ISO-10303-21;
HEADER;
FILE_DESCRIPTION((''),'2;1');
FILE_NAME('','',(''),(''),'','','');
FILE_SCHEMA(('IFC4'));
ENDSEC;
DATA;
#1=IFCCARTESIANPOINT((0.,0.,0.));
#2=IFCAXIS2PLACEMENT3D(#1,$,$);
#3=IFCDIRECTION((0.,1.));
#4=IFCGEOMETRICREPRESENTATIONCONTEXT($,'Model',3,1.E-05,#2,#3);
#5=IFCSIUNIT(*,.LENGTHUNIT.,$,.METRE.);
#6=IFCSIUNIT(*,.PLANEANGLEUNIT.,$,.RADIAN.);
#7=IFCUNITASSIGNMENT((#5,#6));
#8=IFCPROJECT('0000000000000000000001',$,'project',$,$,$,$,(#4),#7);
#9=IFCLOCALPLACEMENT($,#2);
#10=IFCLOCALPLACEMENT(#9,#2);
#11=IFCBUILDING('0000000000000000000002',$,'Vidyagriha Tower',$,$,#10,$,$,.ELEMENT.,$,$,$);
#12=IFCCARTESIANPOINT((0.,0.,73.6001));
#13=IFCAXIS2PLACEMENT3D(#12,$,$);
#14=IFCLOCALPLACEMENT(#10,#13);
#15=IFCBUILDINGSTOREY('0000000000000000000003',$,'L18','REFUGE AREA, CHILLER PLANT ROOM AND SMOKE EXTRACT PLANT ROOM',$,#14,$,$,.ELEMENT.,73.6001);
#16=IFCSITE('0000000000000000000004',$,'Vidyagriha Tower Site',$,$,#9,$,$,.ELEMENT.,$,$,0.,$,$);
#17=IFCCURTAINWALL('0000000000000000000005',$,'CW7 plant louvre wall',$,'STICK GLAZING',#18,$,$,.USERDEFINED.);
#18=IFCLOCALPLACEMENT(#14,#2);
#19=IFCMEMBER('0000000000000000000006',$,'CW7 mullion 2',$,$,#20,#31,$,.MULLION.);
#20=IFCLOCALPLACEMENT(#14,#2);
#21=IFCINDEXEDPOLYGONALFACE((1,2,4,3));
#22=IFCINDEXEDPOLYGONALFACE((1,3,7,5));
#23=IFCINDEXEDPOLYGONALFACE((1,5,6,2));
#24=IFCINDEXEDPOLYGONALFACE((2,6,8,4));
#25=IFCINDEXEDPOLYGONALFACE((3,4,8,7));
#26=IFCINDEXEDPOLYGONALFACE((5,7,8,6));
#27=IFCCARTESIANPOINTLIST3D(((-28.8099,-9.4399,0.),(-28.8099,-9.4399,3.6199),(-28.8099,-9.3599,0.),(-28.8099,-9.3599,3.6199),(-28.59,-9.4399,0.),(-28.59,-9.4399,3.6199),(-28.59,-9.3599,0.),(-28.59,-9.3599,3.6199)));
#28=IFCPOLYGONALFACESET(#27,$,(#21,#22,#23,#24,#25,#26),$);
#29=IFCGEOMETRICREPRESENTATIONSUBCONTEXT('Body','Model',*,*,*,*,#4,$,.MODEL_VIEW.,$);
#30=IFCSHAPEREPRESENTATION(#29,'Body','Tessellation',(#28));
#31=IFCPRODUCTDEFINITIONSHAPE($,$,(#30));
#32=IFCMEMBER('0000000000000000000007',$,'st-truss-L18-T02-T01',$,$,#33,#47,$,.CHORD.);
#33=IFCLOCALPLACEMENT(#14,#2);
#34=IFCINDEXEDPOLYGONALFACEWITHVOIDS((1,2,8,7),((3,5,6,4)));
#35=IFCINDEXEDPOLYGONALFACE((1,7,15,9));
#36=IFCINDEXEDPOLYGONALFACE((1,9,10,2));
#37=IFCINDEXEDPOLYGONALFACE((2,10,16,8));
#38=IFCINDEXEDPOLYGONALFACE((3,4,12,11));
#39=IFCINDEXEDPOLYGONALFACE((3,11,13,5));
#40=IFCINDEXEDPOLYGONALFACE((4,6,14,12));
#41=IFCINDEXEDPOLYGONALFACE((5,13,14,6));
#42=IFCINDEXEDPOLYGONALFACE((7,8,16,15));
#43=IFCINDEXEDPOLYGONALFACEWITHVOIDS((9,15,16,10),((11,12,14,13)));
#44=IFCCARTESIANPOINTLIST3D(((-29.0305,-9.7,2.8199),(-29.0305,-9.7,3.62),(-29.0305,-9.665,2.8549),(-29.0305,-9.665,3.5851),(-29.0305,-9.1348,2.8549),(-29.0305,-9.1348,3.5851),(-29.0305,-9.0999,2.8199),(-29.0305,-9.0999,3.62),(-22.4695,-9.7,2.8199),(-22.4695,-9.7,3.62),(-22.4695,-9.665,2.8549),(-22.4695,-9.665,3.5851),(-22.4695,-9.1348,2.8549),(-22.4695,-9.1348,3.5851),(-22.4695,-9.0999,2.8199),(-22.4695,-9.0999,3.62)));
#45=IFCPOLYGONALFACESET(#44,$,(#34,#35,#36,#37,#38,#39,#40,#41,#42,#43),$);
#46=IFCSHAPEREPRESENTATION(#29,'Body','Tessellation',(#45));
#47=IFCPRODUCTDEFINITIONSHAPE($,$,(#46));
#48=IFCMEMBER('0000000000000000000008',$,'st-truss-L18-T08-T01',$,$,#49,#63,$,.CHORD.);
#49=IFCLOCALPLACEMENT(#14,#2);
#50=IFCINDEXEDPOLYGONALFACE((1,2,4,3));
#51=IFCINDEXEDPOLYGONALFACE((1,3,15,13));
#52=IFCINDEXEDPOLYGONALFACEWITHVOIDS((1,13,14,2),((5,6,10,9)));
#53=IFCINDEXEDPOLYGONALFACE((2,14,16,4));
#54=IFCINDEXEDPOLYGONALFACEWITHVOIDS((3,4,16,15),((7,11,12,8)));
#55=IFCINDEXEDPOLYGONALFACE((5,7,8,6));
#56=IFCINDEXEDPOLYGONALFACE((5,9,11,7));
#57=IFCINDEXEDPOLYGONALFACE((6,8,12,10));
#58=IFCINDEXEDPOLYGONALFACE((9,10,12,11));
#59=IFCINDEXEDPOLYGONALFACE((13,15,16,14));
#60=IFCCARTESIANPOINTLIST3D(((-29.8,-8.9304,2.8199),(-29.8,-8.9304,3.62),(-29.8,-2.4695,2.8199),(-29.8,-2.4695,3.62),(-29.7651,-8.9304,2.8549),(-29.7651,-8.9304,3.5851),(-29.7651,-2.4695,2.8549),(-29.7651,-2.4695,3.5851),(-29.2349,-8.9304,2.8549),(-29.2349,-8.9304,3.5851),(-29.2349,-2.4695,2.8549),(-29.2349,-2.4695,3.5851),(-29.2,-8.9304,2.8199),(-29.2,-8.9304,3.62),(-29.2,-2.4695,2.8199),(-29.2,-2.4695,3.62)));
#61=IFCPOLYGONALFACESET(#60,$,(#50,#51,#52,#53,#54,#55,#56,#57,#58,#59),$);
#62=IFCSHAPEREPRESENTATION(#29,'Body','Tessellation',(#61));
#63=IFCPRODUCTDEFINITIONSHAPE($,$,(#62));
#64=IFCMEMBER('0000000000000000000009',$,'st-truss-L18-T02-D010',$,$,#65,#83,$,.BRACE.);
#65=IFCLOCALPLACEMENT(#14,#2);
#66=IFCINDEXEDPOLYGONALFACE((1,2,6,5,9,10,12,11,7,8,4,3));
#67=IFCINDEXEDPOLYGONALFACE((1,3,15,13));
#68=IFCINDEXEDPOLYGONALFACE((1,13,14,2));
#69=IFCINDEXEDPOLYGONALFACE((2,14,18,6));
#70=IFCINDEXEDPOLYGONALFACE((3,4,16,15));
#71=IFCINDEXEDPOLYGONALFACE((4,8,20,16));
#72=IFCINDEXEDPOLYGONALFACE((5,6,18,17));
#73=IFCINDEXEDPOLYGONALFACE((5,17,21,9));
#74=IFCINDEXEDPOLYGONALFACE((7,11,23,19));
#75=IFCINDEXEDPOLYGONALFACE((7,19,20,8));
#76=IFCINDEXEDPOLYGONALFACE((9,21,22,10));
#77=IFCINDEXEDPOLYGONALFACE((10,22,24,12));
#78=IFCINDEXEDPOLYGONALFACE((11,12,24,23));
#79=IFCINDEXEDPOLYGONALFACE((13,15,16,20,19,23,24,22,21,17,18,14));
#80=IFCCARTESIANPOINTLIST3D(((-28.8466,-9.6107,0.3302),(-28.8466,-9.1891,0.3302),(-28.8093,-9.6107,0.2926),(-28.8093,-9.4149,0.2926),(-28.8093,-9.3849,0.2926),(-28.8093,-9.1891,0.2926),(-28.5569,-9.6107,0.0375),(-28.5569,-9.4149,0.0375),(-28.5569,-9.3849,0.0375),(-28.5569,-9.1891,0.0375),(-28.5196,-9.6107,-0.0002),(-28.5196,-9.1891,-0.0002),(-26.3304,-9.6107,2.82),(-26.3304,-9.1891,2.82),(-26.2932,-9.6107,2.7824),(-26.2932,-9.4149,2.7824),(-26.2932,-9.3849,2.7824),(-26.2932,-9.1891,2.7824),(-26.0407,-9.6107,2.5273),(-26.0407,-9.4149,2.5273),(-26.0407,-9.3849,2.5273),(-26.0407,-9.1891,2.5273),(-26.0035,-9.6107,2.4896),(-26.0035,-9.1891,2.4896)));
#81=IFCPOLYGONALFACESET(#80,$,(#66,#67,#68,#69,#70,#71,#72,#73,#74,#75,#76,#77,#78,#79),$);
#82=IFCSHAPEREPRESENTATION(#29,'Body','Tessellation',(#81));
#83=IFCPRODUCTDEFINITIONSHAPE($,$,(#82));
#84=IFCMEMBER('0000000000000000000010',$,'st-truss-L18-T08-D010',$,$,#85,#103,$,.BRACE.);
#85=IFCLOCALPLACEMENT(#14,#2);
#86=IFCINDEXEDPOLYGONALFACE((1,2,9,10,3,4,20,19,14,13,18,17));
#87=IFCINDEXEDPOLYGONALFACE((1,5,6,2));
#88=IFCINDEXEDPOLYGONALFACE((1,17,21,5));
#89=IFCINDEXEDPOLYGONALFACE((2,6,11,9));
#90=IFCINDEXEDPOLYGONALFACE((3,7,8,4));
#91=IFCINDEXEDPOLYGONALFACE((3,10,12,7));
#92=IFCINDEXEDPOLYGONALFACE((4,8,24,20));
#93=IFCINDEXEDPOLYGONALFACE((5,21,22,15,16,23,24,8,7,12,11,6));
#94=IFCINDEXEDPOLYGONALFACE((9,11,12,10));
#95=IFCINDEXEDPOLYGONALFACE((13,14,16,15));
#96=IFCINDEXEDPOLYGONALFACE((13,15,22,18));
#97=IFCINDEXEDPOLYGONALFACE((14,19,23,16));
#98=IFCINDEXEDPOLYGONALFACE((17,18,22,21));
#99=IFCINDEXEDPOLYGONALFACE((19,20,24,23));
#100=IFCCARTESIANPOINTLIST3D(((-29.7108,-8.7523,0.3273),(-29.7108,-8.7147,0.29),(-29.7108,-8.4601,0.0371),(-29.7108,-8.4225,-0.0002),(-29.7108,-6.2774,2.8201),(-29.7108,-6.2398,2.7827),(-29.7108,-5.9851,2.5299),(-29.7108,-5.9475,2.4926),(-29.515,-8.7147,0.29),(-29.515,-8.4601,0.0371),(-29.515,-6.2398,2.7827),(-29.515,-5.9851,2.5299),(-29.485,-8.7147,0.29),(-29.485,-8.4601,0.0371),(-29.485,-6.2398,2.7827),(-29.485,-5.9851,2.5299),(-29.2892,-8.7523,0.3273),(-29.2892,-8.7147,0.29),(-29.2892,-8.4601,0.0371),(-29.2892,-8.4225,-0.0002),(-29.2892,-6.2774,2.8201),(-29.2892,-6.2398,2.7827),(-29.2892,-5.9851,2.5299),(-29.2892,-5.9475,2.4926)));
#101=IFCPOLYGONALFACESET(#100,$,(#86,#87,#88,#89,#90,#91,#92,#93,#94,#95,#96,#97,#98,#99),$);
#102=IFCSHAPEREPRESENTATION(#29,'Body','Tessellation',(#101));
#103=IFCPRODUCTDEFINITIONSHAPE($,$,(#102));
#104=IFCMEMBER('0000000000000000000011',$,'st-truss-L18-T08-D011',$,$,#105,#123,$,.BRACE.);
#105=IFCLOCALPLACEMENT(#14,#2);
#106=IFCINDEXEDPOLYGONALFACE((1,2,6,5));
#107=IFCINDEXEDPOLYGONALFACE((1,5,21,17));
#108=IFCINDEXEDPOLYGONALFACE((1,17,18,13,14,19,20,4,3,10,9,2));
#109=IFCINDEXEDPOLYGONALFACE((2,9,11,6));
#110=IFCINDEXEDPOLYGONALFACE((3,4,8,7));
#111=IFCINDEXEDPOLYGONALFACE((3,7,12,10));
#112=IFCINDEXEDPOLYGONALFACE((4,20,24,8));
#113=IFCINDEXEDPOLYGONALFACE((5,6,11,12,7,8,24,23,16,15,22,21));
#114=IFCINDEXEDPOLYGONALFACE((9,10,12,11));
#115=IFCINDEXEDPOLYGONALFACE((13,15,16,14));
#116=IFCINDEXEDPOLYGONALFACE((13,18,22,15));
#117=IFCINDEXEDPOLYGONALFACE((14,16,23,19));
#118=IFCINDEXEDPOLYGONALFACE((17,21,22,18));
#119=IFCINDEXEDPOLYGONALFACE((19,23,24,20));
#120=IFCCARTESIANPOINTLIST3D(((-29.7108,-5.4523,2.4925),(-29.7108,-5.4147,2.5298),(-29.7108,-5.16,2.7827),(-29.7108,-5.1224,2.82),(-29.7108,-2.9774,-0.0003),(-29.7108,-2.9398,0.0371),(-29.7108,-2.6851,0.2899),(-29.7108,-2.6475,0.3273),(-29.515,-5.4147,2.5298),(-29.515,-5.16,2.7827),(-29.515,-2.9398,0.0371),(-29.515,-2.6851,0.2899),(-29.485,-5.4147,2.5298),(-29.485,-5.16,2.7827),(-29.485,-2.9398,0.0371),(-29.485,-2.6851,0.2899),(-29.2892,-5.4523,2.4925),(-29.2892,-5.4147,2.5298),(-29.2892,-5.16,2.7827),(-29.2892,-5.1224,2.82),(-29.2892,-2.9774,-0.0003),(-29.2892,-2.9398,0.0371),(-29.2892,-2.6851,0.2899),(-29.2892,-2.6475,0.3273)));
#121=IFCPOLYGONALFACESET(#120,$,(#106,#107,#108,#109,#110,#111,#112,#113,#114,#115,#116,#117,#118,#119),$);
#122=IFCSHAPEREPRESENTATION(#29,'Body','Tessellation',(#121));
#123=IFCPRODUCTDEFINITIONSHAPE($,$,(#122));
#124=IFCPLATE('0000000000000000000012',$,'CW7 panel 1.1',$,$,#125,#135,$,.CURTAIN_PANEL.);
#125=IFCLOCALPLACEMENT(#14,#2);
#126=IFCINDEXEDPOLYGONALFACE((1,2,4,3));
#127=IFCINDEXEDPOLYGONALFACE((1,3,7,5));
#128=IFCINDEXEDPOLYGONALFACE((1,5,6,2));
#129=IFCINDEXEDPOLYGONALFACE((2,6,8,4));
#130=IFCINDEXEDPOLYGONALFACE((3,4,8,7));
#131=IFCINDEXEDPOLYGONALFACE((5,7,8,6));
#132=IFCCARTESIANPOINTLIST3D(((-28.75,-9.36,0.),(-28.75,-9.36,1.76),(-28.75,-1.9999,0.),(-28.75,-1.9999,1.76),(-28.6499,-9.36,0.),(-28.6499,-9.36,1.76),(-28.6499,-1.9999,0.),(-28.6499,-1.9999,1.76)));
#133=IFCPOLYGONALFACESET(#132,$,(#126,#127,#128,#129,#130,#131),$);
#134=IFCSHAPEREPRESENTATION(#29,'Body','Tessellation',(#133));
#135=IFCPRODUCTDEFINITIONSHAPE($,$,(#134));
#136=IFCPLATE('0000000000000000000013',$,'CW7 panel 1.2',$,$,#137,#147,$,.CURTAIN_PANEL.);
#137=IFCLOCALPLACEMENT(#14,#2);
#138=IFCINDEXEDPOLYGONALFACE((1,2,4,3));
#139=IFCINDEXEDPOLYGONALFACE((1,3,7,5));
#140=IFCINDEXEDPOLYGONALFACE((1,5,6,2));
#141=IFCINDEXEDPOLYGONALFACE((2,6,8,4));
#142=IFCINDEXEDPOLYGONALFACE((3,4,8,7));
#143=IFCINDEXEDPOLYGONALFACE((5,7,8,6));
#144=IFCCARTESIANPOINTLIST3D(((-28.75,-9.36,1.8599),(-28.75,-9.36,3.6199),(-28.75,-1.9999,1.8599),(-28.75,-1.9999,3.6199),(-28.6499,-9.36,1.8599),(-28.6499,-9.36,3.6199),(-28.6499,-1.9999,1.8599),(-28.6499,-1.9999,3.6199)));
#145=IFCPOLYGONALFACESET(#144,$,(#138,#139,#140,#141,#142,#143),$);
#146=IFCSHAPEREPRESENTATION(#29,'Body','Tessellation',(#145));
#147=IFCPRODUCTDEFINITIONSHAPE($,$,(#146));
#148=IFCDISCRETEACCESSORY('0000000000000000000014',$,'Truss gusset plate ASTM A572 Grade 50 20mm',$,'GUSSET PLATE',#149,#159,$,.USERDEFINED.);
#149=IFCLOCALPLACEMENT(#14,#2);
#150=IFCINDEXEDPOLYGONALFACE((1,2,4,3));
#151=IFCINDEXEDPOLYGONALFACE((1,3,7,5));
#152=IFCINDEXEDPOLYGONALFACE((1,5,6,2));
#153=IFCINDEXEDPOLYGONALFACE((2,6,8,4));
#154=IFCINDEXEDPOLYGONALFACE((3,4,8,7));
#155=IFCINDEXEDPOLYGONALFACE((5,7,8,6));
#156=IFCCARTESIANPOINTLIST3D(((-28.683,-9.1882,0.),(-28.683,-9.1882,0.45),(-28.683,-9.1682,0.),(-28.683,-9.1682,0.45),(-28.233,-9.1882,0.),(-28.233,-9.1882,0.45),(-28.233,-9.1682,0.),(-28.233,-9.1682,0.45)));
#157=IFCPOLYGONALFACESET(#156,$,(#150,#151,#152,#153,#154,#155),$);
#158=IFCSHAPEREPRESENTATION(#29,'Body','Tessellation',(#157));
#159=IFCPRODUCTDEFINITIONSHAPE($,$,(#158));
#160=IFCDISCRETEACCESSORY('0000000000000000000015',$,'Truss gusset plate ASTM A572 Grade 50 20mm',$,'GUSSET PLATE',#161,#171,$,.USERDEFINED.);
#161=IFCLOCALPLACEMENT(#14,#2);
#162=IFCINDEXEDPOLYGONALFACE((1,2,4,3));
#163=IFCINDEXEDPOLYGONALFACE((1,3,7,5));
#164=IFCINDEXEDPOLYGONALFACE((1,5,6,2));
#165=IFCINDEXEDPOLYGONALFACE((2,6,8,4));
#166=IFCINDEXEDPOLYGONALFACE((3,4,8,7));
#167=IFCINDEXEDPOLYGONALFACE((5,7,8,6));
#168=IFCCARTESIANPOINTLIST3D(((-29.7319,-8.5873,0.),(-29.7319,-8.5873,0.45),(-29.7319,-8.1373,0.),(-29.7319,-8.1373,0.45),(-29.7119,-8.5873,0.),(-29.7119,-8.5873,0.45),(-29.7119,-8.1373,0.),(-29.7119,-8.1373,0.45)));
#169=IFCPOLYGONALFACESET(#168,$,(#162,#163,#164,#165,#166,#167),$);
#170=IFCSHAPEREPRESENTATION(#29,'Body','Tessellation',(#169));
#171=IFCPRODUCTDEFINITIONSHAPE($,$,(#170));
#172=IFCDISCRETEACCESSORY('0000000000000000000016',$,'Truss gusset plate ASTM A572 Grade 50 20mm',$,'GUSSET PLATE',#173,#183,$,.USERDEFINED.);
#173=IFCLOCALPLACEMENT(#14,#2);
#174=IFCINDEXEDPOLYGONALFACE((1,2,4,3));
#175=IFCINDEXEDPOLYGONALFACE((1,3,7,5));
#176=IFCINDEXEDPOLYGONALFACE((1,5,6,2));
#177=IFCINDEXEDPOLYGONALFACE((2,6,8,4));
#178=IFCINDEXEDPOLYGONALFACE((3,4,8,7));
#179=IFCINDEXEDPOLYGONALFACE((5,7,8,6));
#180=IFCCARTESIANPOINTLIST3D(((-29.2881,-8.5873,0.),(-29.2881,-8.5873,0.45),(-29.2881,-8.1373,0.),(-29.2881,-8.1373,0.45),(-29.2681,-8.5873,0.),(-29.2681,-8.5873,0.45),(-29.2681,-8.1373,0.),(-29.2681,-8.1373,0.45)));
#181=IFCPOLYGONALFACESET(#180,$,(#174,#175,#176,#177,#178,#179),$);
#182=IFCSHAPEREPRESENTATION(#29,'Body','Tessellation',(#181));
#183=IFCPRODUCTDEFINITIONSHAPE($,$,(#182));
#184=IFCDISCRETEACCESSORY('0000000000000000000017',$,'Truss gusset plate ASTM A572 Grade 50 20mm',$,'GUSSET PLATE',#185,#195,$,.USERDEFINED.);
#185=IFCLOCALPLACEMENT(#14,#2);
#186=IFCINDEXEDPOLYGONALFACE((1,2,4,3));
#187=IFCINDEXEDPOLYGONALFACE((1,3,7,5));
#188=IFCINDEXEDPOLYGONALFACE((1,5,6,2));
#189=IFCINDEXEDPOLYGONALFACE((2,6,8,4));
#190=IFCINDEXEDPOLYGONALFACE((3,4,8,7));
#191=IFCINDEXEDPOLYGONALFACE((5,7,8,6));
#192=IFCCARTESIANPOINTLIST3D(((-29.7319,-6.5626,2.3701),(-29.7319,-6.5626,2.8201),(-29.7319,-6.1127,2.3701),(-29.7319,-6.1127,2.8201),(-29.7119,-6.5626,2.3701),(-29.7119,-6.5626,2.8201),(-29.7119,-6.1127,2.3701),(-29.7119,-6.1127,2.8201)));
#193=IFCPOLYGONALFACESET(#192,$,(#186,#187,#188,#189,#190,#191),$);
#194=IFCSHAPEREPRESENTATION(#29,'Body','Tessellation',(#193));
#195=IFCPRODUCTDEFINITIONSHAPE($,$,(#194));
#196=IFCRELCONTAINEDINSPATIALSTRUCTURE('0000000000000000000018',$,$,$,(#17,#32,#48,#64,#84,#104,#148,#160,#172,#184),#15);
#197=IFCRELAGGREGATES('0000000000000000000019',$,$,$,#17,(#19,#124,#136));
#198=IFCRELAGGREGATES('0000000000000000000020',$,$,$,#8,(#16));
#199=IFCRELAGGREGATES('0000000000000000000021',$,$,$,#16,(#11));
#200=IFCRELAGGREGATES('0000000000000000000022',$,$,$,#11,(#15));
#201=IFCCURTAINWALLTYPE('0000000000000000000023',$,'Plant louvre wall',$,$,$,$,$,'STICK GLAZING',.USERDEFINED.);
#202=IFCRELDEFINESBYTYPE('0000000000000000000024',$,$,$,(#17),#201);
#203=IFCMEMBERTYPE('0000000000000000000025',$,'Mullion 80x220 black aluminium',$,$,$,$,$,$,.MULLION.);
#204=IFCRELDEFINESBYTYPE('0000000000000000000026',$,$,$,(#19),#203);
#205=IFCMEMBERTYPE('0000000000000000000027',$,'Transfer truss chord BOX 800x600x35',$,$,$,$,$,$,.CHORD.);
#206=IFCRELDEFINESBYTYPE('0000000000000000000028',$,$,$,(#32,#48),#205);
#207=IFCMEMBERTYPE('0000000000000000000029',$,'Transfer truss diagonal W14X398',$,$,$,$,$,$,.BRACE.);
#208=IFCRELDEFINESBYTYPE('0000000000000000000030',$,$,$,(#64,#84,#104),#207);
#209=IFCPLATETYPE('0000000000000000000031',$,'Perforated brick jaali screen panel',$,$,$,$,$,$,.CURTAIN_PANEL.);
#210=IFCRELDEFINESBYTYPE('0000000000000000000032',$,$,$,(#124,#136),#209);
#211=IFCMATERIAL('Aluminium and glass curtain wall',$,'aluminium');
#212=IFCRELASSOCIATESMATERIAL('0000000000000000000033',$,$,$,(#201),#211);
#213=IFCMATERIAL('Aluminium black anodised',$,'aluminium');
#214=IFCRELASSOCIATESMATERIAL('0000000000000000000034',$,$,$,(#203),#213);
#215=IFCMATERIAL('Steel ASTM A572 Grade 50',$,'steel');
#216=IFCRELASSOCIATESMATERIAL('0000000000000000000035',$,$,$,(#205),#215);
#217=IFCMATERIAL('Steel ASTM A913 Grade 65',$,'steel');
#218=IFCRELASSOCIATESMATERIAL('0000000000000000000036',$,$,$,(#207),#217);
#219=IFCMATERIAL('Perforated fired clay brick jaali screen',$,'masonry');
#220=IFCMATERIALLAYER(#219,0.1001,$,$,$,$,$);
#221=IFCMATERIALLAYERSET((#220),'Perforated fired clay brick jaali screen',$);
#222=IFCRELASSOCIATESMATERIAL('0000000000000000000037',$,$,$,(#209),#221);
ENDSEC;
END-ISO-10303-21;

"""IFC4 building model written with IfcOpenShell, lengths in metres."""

from ifc_helpers import new_model, si_unit, direction, frame, origin, origin_2d, place, context, subcontext, project, spatial, rectangle, hollow_rectangle, i_section, extrude, material, layer, layer_set, material_profile, profile_set, type_object, element, aggregate, save


model = new_model("IFC4")

# Units and contexts
model_context = context("Model", 3, precision=1e-05, world=origin(), true_north=direction((0.0, 1.0)))
body_context = subcontext(model_context, "Body", "Model", "MODEL_VIEW")
ifc_project = project(units=[si_unit("LENGTHUNIT", "METRE"), si_unit("PLANEANGLEUNIT", "RADIAN")], contexts=[model_context])

# Site, building, storey
site_placement = place(None, origin())
site = spatial("IfcSite", under=ifc_project, at=site_placement, Name="Vidyagriha Tower Site", CompositionType="ELEMENT", RefElevation=0.0)
building_placement = place(site_placement, origin())
building = spatial("IfcBuilding", under=site, at=building_placement, Name="Vidyagriha Tower", CompositionType="ELEMENT")
storey_placement = place(building_placement, frame((0.0, 0.0, 73.6001)))
storey = spatial("IfcBuildingStorey", under=building, at=storey_placement, Name="L18", Description="REFUGE AREA, CHILLER PLANT ROOM AND SMOKE EXTRACT PLANT ROOM", CompositionType="ELEMENT", Elevation=73.6001)

# Curtain wall, member
ifc_material_1 = material(Name="Aluminium and glass curtain wall", Category="aluminium")
curtain_wall_type = type_object("IfcCurtainWallType", Name="Plant louvre wall", ElementType="STICK GLAZING", PredefinedType="USERDEFINED", material=ifc_material_1)
curtain_wall_placement = place(storey_placement, origin())
curtain_wall = element("IfcCurtainWall", 1, at=curtain_wall_placement, inside=storey, type_object=curtain_wall_type, Name="CW7 plant louvre wall", ObjectType="STICK GLAZING", PredefinedType="USERDEFINED")
ifc_material_2 = material(Name="Aluminium black anodised", Category="aluminium")
ifc_material_profile_1 = material_profile(ifc_material_2, rectangle(XDim=0.22, YDim=0.0801, at=origin_2d()), Name="Mullion 80x220 black aluminium")
ifc_profile_set_1 = profile_set([ifc_material_profile_1], Name="Aluminium black anodised")
member_type_1 = type_object("IfcMemberType", Name="Mullion 80x220 black aluminium", PredefinedType="MULLION", material=ifc_profile_set_1)
member_1_placement = place(storey_placement, frame((-28.7, -9.3999, 0.0)))
member_1 = element("IfcMember", 2, at=member_1_placement, type_object=member_type_1, Name="CW7 mullion 2", PredefinedType="MULLION", context=body_context, shape_type="SweptSolid", body=[
    extrude(rectangle(XDim=0.22, YDim=0.0801, at=origin_2d()), origin(), (0.0, 0.0, 1.0), 3.6199),
])

# Members
ifc_material_3 = material(Name="Steel ASTM A572 Grade 50", Category="steel")
ifc_material_profile_2 = material_profile(ifc_material_3, hollow_rectangle(XDim=0.6001, YDim=0.8, WallThickness=0.0349, at=origin_2d()), Name="BOX 800x600x35")
ifc_profile_set_2 = profile_set([ifc_material_profile_2], Name="Steel ASTM A572 Grade 50")
member_type_2 = type_object("IfcMemberType", Name="Transfer truss chord BOX 800x600x35", PredefinedType="CHORD", material=ifc_profile_set_2)
member_2_placement = place(storey_placement, frame((-29.0305, -9.3999, 3.22), z_axis=(1.0, 0.0, 0.0), x_axis=(0.0, 1.0, 0.0)))
element("IfcMember", 3, at=member_2_placement, inside=storey, type_object=member_type_2, Name="st-truss-L18-T02-T01", PredefinedType="CHORD", context=body_context, shape_type="SweptSolid", body=[
    extrude(hollow_rectangle(XDim=0.6001, YDim=0.8, WallThickness=0.0349, at=origin_2d()), origin(), (0.0, 0.0, 1.0), 6.561),
])
member_3_placement = place(storey_placement, frame((-29.5, -8.9304, 3.22), z_axis=(0.0, 1.0, 0.0), x_axis=(-1.0, 0.0, 0.0)))
element("IfcMember", 4, at=member_3_placement, inside=storey, type_object=member_type_2, Name="st-truss-L18-T08-T01", PredefinedType="CHORD", context=body_context, shape_type="SweptSolid", body=[
    extrude(hollow_rectangle(XDim=0.6001, YDim=0.8, WallThickness=0.0349, at=origin_2d()), origin(), (0.0, 0.0, 1.0), 6.4609),
])
ifc_material_4 = material(Name="Steel ASTM A913 Grade 65", Category="steel")
ifc_material_profile_3 = material_profile(ifc_material_4, i_section(OverallWidth=0.4216, OverallDepth=0.4648, WebThickness=0.03, FlangeThickness=0.053, at=origin_2d()), Name="W14X398")
ifc_profile_set_3 = profile_set([ifc_material_profile_3], Name="Steel ASTM A913 Grade 65")
member_type_3 = type_object("IfcMemberType", Name="Transfer truss diagonal W14X398", PredefinedType="BRACE", material=ifc_profile_set_3)
member_4_placement = place(storey_placement, frame((-28.6831, -9.3999, 0.165), z_axis=(0.710821, 0.0, 0.703373), x_axis=(0.0, 1.0, 0.0)))
element("IfcMember", 5, at=member_4_placement, inside=storey, type_object=member_type_3, Name="st-truss-L18-T02-D010", PredefinedType="BRACE", context=body_context, shape_type="SweptSolid", body=[
    extrude(i_section(OverallWidth=0.4216, OverallDepth=0.4648, WebThickness=0.03, FlangeThickness=0.053, at=origin_2d()), origin(), (0.0, 0.0, 1.0), 3.5398),
])
for number, where, z_axis, x_axis, name in (
    (6, (-29.5, -8.5874, 0.1636), (0.0, 0.704565, 0.709639), (-1.0, 0.0, 0.0), "st-truss-L18-T08-D010"),
    (7, (-29.5, -5.2874, 2.6562), (0.0, 0.704565, -0.709639), (-1.0, 0.0, 0.0), "st-truss-L18-T08-D011"),
):
    element("IfcMember", number, at=place(storey_placement, frame(where, z_axis=z_axis, x_axis=x_axis)), inside=storey, type_object=member_type_3, Name=name, PredefinedType="BRACE", context=body_context, shape_type="SweptSolid", body=[
        extrude(i_section(OverallWidth=0.4216, OverallDepth=0.4648, WebThickness=0.03, FlangeThickness=0.053, at=origin_2d()), origin(), (0.0, 0.0, 1.0), 3.5127),
    ])

# Plates
ifc_material_5 = material(Name="Perforated fired clay brick jaali screen", Category="masonry")
ifc_layer = layer(ifc_material_5, 0.1001)
ifc_layer_set = layer_set([ifc_layer], Name="Perforated fired clay brick jaali screen")
plate_type = type_object("IfcPlateType", Name="Perforated brick jaali screen panel", PredefinedType="CURTAIN_PANEL", material=ifc_layer_set)
plate_1_placement = place(storey_placement, frame((-28.7, -5.6799, 0.0), z_axis=(0.0, 0.0, 1.0), x_axis=(0.0, -1.0, 0.0)))
plate_1 = element("IfcPlate", 8, at=plate_1_placement, type_object=plate_type, Name="CW7 panel 1.1", PredefinedType="CURTAIN_PANEL", context=body_context, shape_type="SweptSolid", body=[
    extrude(rectangle(XDim=7.3601, YDim=0.1001, at=origin_2d()), origin(), (0.0, 0.0, 1.0), 1.76),
])
plate_2_placement = place(storey_placement, frame((-28.7, -5.6799, 1.8599), z_axis=(0.0, 0.0, 1.0), x_axis=(0.0, -1.0, 0.0)))
plate_2 = element("IfcPlate", 9, at=plate_2_placement, type_object=plate_type, Name="CW7 panel 1.2", PredefinedType="CURTAIN_PANEL", context=body_context, shape_type="SweptSolid", body=[
    extrude(rectangle(XDim=7.3601, YDim=0.1001, at=origin_2d()), origin(), (0.0, 0.0, 1.0), 1.76),
])
aggregate(curtain_wall, [member_1, plate_1, plate_2])

# Discrete accessories
discrete_accessory_1_placement = place(storey_placement, frame((-28.458, -9.1782, 0.0)))
element("IfcDiscreteAccessory", 10, at=discrete_accessory_1_placement, inside=storey, Name="Truss gusset plate ASTM A572 Grade 50 20mm", ObjectType="GUSSET PLATE", PredefinedType="USERDEFINED", context=body_context, shape_type="SweptSolid", body=[
    extrude(rectangle(XDim=0.45, YDim=0.02, at=origin_2d()), origin(), (0.0, 0.0, 1.0), 0.45),
])
for number, where, z_axis, x_axis, name in (
    (11, (-29.7219, -8.3623, 0.0), (0.0, 0.0, 1.0), (0.0, 1.0, 0.0), "Truss gusset plate ASTM A572 Grade 50 20mm"),
    (12, (-29.2781, -8.3623, 0.0), (0.0, 0.0, 1.0), (0.0, 1.0, 0.0), "Truss gusset plate ASTM A572 Grade 50 20mm"),
    (13, (-29.7219, -6.3376, 2.3701), (0.0, 0.0, 1.0), (0.0, 1.0, 0.0), "Truss gusset plate ASTM A572 Grade 50 20mm"),
):
    element("IfcDiscreteAccessory", number, at=place(storey_placement, frame(where, z_axis=z_axis, x_axis=x_axis)), inside=storey, Name=name, ObjectType="GUSSET PLATE", PredefinedType="USERDEFINED", context=body_context, shape_type="SweptSolid", body=[
        extrude(rectangle(XDim=0.45, YDim=0.02, at=origin_2d()), origin(), (0.0, 0.0, 1.0), 0.45),
    ])

save(model, "model.ifc")
